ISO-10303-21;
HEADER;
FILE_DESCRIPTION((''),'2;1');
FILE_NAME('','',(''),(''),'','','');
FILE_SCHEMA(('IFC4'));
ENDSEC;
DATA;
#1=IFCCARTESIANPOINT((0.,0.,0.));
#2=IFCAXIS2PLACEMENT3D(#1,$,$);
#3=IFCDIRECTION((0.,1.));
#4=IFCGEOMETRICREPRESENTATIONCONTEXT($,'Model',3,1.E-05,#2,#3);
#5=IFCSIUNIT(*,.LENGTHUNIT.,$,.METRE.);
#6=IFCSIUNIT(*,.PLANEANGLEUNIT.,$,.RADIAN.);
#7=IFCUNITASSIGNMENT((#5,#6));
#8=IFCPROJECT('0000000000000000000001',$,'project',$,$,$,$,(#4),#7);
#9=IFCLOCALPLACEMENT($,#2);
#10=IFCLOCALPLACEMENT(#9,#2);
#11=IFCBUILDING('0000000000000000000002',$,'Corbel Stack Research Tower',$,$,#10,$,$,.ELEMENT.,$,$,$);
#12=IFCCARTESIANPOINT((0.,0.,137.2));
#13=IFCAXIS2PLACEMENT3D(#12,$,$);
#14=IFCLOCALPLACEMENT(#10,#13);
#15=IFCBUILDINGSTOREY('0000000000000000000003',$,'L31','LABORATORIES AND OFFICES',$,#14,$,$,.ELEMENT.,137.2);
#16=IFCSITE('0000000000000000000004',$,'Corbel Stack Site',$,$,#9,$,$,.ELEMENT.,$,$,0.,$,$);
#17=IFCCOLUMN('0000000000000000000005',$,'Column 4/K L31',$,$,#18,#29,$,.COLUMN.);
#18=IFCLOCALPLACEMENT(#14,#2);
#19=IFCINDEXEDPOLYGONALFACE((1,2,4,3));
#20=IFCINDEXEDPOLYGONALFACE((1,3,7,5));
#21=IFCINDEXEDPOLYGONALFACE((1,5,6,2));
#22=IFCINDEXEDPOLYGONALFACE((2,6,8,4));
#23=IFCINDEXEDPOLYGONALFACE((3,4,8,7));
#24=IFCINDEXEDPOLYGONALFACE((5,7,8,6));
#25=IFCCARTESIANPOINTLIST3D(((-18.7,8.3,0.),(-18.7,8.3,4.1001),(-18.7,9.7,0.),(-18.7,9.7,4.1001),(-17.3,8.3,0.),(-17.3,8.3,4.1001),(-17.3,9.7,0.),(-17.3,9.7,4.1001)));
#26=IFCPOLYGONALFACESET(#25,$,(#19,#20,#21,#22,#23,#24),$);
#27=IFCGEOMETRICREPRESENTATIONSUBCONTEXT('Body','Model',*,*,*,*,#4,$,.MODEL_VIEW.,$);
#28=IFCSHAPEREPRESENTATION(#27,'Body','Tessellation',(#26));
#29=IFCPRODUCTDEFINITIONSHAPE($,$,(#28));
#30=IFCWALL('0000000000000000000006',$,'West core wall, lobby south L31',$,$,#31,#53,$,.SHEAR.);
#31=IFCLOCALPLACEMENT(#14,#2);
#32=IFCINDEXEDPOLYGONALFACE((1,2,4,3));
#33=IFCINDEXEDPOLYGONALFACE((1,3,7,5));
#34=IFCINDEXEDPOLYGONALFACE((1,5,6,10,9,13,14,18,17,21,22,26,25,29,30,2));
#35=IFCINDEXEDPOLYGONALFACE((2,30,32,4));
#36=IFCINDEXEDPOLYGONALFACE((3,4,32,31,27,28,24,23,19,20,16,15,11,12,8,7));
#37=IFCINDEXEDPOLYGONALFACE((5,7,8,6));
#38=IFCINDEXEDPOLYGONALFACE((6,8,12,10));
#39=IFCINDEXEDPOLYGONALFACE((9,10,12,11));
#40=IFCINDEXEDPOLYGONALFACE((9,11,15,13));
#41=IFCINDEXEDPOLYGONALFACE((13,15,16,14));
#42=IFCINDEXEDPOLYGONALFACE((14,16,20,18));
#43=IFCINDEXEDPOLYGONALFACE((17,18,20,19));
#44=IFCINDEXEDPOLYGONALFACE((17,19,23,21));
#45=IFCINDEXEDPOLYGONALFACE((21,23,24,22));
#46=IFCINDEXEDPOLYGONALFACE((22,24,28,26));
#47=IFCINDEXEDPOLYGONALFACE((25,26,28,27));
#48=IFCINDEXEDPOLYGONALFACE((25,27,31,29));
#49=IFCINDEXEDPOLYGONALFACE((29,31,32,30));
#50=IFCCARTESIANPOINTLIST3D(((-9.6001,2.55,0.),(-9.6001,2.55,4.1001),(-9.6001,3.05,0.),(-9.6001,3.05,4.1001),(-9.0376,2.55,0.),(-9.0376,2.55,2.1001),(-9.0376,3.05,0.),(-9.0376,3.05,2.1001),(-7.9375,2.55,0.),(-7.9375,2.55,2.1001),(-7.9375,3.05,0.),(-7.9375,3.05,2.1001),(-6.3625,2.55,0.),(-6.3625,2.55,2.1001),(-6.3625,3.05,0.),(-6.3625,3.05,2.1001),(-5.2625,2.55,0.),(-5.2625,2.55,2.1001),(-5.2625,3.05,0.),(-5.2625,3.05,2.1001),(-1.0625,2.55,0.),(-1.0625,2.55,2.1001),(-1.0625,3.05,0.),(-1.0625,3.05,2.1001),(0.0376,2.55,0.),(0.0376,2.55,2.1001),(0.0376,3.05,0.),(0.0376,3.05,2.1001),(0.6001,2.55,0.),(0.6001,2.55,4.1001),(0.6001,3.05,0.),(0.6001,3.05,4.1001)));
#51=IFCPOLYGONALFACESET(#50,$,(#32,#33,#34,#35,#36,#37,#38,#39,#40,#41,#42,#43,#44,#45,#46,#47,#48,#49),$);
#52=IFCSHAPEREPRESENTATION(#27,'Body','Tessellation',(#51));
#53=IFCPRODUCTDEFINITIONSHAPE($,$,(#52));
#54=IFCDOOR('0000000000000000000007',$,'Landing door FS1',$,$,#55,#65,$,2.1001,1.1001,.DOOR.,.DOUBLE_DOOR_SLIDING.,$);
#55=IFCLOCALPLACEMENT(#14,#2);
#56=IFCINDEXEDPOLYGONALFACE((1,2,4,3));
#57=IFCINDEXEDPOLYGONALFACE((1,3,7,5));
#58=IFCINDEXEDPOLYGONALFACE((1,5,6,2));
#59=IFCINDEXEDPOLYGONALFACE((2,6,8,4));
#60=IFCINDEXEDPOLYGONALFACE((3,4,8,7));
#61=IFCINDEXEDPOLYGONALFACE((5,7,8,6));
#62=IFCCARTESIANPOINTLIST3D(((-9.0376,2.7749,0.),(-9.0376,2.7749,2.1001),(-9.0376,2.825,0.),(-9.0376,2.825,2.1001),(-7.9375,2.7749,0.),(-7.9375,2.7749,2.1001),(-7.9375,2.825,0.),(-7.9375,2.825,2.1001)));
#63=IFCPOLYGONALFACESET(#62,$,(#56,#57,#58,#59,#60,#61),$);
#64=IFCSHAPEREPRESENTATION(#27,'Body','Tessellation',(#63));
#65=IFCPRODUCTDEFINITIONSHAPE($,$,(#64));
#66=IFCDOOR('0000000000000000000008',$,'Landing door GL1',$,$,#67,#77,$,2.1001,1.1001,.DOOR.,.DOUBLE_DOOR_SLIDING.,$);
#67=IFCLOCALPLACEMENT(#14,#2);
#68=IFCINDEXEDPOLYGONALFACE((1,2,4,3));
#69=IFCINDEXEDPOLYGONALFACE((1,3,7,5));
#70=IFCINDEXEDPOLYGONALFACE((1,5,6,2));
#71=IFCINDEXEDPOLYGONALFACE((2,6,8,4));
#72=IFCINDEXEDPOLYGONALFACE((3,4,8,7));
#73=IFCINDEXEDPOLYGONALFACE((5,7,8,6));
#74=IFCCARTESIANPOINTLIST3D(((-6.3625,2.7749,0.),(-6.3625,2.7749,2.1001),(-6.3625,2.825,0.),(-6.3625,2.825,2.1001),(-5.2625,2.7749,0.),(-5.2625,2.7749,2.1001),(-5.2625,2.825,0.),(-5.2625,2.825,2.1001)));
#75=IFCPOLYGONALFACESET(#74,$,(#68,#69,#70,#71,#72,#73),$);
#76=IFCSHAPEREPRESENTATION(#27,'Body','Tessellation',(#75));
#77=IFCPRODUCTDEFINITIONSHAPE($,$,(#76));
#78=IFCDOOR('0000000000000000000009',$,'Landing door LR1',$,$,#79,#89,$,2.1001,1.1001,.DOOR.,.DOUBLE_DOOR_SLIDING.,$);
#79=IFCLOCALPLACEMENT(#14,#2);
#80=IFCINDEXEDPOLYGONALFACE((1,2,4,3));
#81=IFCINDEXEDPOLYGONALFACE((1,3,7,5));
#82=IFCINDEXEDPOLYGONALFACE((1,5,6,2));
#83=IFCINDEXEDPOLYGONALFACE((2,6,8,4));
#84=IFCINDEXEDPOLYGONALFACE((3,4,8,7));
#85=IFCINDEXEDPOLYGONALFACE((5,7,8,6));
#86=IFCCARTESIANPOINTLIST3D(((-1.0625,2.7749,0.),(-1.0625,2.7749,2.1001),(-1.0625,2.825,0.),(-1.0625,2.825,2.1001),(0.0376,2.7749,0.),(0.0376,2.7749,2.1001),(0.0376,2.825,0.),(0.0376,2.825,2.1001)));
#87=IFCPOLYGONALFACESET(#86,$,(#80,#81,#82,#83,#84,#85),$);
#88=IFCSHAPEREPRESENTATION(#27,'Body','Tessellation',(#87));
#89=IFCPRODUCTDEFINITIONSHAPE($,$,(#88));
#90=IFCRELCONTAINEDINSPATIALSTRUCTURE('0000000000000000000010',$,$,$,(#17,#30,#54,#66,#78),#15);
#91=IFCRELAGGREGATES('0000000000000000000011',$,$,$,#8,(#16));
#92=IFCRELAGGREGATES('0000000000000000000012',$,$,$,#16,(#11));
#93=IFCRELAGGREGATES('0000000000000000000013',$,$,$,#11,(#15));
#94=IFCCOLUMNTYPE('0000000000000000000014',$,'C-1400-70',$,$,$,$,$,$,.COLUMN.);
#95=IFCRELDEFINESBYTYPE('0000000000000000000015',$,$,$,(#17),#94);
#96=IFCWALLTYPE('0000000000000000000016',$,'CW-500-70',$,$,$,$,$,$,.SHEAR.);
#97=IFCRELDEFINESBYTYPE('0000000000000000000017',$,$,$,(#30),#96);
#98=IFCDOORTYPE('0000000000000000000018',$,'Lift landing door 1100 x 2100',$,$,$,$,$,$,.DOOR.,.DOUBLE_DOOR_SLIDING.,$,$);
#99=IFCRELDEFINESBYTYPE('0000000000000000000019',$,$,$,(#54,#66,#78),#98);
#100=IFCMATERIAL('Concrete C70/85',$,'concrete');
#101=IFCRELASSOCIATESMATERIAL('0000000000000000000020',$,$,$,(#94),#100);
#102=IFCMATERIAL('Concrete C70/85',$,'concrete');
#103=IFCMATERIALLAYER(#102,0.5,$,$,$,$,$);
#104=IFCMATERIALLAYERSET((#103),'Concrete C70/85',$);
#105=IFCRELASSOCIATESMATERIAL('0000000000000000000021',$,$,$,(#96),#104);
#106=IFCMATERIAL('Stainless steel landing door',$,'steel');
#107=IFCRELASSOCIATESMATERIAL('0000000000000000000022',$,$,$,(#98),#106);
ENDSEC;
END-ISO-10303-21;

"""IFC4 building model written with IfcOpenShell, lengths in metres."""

from ifc_helpers import new_model, si_unit, direction, frame, frame_2d, origin, origin_2d, place, context, subcontext, project, spatial, rectangle, extrude, material, layer, layer_set, material_profile, profile_set, type_object, element, fill, save


model = new_model("IFC4")

# Units and contexts
model_context = context("Model", 3, precision=1e-05, world=origin(), true_north=direction((0.0, 1.0)))
body_context = subcontext(model_context, "Body", "Model", "MODEL_VIEW")
ifc_project = project(units=[si_unit("LENGTHUNIT", "METRE"), si_unit("PLANEANGLEUNIT", "RADIAN")], contexts=[model_context])

# Site, building, storey
site_placement = place(None, origin())
site = spatial("IfcSite", under=ifc_project, at=site_placement, Name="Corbel Stack Site", CompositionType="ELEMENT", RefElevation=0.0)
building_placement = place(site_placement, origin())
building = spatial("IfcBuilding", under=site, at=building_placement, Name="Corbel Stack Research Tower", CompositionType="ELEMENT")
storey_placement = place(building_placement, frame((0.0, 0.0, 137.2)))
storey = spatial("IfcBuildingStorey", under=building, at=storey_placement, Name="L31", Description="LABORATORIES AND OFFICES", CompositionType="ELEMENT", Elevation=137.2)

# Column
ifc_material_1 = material(Name="Concrete C70/85", Category="concrete")
ifc_material_profile = material_profile(ifc_material_1, rectangle(XDim=1.3999, YDim=1.3999, at=origin_2d()), Name="RC 1400 x 1400")
ifc_profile_set = profile_set([ifc_material_profile], Name="Concrete C70/85")
column_type = type_object("IfcColumnType", Name="C-1400-70", PredefinedType="COLUMN", material=ifc_profile_set)
column_placement = place(storey_placement, frame((-18.0, 9.0, 0.0), z_axis=(0.0, 0.0, 1.0), x_axis=(1.0, 0.0, 0.0)))
element("IfcColumn", 1, at=column_placement, inside=storey, type_object=column_type, Name="Column 4/K L31", PredefinedType="COLUMN", context=body_context, shape_type="SweptSolid", body=[
    extrude(rectangle(XDim=1.3999, YDim=1.3999, at=origin_2d()), origin(), (0.0, 0.0, 1.0), 4.1001),
])

# Wall, openings, doors
ifc_material_2 = material(Name="Concrete C70/85", Category="concrete")
ifc_layer_1 = layer(ifc_material_2, 0.5)
ifc_layer_set_1 = layer_set([ifc_layer_1], Name="Concrete C70/85")
wall_type_1 = type_object("IfcWallType", Name="CW-500-70", PredefinedType="SHEAR", material=ifc_layer_set_1)
wall_1_placement = place(storey_placement, frame((-9.6001, 2.8, 0.0), z_axis=(0.0, 0.0, 1.0), x_axis=(1.0, 0.0, 0.0)))
wall_1 = element("IfcWall", 2, at=wall_1_placement, inside=storey, type_object=wall_type_1, Name="West core wall, lobby south L31", PredefinedType="SHEAR", context=body_context, shape_type="SweptSolid", body=[
    extrude(rectangle(XDim=10.2002, YDim=0.5, at=frame_2d((5.1001, 0.0))), origin(), (0.0, 0.0, 1.0), 4.1001),
])
opening_1_placement = place(wall_1_placement, frame((0.5625, 0.0, 0.0)))
opening_1 = element("IfcOpeningElement", 3, at=opening_1_placement, cuts=wall_1, PredefinedType="OPENING", context=body_context, shape_type="SweptSolid", body=[
    extrude(rectangle(XDim=1.1001, YDim=2.1001, at=frame_2d((0.55, 1.05))), frame((0.0, 0.26, 0.0), z_axis=(0.0, -1.0, 0.0), x_axis=(1.0, 0.0, 0.0)), (0.0, 0.0, 1.0), 0.52),
])
opening_2_placement = place(wall_1_placement, frame((3.2375, 0.0, 0.0)))
opening_2 = element("IfcOpeningElement", 4, at=opening_2_placement, cuts=wall_1, PredefinedType="OPENING", context=body_context, shape_type="SweptSolid", body=[
    extrude(rectangle(XDim=1.1001, YDim=2.1001, at=frame_2d((0.55, 1.05))), frame((0.0, 0.26, 0.0), z_axis=(0.0, -1.0, 0.0), x_axis=(1.0, 0.0, 0.0)), (0.0, 0.0, 1.0), 0.52),
])
opening_3_placement = place(wall_1_placement, frame((8.5376, 0.0, 0.0)))
opening_3 = element("IfcOpeningElement", 5, at=opening_3_placement, cuts=wall_1, PredefinedType="OPENING", context=body_context, shape_type="SweptSolid", body=[
    extrude(rectangle(XDim=1.1001, YDim=2.1001, at=frame_2d((0.55, 1.05))), frame((0.0, 0.26, 0.0), z_axis=(0.0, -1.0, 0.0), x_axis=(1.0, 0.0, 0.0)), (0.0, 0.0, 1.0), 0.52),
])
ifc_material_3 = material(Name="Stainless steel landing door", Category="steel")
door_type_1 = type_object("IfcDoorType", Name="Lift landing door 1100 x 2100", OperationType="DOUBLE_DOOR_SLIDING", PredefinedType="DOOR", material=ifc_material_3)
door_1_placement = place(opening_1_placement, origin())
door_1 = element("IfcDoor", 6, at=door_1_placement, inside=storey, type_object=door_type_1, Name="Landing door FS1", OperationType="DOUBLE_DOOR_SLIDING", OverallHeight=2.1001, OverallWidth=1.1001, PredefinedType="DOOR", context=body_context, shape_type="SweptSolid", body=[
    extrude(rectangle(XDim=1.1001, YDim=2.1001, at=frame_2d((0.55, 1.05))), frame((0.0, 0.0249, 0.0), z_axis=(0.0, -1.0, 0.0), x_axis=(1.0, 0.0, 0.0)), (0.0, 0.0, 1.0), 0.05),
])
fill(opening_1, door_1)
door_2_placement = place(opening_2_placement, origin())
door_2 = element("IfcDoor", 7, at=door_2_placement, inside=storey, type_object=door_type_1, Name="Landing door GL1", OperationType="DOUBLE_DOOR_SLIDING", OverallHeight=2.1001, OverallWidth=1.1001, PredefinedType="DOOR", context=body_context, shape_type="SweptSolid", body=[
    extrude(rectangle(XDim=1.1001, YDim=2.1001, at=frame_2d((0.55, 1.05))), frame((0.0, 0.0249, 0.0), z_axis=(0.0, -1.0, 0.0), x_axis=(1.0, 0.0, 0.0)), (0.0, 0.0, 1.0), 0.05),
])
fill(opening_2, door_2)
door_3_placement = place(opening_3_placement, origin())
door_3 = element("IfcDoor", 8, at=door_3_placement, inside=storey, type_object=door_type_1, Name="Landing door LR1", OperationType="DOUBLE_DOOR_SLIDING", OverallHeight=2.1001, OverallWidth=1.1001, PredefinedType="DOOR", context=body_context, shape_type="SweptSolid", body=[
    extrude(rectangle(XDim=1.1001, YDim=2.1001, at=frame_2d((0.55, 1.05))), frame((0.0, 0.0249, 0.0), z_axis=(0.0, -1.0, 0.0), x_axis=(1.0, 0.0, 0.0)), (0.0, 0.0, 1.0), 0.05),
])
fill(opening_3, door_3)

save(model, "model.ifc")
